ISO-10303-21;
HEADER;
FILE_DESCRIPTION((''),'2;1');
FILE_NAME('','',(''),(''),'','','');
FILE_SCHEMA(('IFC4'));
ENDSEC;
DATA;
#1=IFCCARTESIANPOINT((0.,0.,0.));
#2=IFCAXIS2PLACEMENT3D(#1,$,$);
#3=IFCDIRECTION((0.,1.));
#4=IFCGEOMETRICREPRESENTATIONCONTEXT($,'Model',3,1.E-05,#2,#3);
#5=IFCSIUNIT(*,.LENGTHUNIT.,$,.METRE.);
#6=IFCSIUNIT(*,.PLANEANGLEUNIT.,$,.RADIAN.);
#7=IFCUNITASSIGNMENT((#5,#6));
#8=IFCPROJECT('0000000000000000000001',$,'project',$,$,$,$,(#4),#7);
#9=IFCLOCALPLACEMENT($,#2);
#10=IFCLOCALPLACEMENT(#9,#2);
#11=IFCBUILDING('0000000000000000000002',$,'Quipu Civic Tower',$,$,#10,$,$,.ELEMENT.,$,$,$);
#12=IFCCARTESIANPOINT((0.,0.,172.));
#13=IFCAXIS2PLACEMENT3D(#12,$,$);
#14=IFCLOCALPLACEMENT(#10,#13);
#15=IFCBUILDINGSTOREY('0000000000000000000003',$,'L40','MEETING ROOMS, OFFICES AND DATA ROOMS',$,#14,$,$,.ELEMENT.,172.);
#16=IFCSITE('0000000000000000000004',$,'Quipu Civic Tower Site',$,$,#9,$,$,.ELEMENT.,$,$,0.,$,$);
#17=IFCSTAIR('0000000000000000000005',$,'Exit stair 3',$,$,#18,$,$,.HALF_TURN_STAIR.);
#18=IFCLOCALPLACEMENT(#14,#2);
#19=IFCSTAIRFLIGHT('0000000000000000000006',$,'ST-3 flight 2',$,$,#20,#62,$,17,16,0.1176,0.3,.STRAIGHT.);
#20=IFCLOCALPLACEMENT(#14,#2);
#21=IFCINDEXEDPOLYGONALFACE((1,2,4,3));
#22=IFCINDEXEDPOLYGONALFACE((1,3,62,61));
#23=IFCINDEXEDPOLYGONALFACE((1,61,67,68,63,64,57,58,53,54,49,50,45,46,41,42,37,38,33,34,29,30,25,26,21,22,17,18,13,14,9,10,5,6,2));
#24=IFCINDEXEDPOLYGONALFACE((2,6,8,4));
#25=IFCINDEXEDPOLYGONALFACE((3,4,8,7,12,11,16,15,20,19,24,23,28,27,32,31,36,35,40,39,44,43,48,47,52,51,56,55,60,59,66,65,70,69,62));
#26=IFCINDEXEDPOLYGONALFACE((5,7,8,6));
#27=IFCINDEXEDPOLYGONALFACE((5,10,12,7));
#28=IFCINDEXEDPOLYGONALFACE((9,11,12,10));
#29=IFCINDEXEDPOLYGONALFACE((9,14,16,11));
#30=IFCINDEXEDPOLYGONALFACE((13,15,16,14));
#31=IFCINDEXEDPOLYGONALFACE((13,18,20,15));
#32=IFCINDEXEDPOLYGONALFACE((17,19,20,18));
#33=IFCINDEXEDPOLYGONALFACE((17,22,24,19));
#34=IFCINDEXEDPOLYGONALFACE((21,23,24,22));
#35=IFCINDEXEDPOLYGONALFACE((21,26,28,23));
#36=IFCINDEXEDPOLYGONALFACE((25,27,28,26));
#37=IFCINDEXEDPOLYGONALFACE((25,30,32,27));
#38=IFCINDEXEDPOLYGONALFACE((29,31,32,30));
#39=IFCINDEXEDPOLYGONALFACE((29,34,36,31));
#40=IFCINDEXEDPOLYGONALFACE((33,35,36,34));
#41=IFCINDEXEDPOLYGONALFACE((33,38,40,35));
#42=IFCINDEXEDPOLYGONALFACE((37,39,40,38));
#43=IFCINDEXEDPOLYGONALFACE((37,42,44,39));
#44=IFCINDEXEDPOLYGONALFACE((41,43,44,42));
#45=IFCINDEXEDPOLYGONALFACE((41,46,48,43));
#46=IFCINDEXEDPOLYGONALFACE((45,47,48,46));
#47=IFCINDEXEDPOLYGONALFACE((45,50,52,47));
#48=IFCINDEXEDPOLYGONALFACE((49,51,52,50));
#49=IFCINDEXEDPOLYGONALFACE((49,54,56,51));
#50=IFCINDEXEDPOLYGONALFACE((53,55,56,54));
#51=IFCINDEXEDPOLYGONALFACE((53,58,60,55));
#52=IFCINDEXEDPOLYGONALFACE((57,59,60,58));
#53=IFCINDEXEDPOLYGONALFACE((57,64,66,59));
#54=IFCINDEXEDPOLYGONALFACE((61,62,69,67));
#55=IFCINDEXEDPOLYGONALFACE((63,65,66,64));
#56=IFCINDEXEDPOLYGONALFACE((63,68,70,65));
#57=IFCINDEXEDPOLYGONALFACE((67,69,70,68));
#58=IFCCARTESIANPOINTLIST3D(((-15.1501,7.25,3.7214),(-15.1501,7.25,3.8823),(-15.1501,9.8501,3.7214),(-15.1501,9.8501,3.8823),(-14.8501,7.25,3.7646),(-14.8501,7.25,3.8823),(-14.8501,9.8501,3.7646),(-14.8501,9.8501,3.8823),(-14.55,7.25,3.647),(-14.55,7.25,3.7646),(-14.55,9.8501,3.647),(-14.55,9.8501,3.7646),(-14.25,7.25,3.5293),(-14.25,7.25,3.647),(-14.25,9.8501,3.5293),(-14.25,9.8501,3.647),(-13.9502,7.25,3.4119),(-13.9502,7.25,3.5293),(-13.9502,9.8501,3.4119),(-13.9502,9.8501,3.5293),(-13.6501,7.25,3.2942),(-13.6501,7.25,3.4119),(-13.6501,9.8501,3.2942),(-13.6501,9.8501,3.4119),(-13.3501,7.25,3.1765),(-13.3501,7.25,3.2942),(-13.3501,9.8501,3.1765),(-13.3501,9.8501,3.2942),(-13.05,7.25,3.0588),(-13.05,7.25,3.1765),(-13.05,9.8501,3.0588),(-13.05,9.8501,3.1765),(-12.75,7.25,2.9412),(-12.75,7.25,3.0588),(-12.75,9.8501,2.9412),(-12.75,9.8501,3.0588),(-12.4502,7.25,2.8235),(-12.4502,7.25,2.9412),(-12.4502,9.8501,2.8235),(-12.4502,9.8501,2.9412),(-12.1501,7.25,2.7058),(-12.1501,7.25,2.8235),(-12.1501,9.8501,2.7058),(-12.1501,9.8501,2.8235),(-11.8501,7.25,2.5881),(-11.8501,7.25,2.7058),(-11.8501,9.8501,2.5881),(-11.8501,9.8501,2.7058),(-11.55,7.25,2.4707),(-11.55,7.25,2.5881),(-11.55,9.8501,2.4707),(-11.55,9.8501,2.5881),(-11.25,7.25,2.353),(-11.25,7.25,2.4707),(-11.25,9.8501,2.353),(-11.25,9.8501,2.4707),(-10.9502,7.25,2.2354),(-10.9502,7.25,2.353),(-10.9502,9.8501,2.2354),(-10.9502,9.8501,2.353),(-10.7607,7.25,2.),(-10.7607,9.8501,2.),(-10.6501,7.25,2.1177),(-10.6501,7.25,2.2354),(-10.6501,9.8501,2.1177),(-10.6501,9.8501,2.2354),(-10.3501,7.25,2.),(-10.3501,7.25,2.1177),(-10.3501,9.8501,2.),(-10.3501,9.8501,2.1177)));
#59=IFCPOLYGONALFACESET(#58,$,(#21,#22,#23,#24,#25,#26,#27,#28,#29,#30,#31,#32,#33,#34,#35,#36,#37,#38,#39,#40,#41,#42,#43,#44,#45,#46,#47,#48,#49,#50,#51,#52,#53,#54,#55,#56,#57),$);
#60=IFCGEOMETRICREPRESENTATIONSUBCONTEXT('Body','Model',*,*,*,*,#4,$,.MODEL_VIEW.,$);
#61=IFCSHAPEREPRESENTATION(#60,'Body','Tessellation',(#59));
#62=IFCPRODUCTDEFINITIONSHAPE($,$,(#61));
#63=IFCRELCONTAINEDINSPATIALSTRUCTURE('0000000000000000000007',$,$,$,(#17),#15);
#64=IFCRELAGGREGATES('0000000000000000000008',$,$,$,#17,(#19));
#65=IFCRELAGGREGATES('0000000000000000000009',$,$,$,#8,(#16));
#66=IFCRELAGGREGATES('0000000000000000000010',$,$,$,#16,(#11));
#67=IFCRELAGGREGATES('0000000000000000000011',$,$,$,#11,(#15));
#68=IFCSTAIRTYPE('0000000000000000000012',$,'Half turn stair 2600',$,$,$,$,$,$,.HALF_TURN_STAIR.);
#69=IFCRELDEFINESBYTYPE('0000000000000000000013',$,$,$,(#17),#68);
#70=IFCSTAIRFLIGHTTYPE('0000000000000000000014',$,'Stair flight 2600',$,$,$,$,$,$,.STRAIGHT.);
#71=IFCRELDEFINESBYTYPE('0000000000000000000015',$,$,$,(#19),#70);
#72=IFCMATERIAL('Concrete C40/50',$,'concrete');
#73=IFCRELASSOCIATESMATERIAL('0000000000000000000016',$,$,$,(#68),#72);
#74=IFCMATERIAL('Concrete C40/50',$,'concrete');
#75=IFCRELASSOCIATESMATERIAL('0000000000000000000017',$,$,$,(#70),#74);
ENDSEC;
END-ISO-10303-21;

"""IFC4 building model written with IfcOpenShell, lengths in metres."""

from ifc_helpers import new_model, si_unit, direction, frame, origin, place, context, subcontext, project, spatial, polyline, outline, extrude, material, type_object, element, aggregate, save


model = new_model("IFC4")

# Units and contexts
model_context = context("Model", 3, precision=1e-05, world=origin(), true_north=direction((0.0, 1.0)))
body_context = subcontext(model_context, "Body", "Model", "MODEL_VIEW")
ifc_project = project(units=[si_unit("LENGTHUNIT", "METRE"), si_unit("PLANEANGLEUNIT", "RADIAN")], contexts=[model_context])

# Site, building, storey
site_placement = place(None, origin())
site = spatial("IfcSite", under=ifc_project, at=site_placement, Name="Quipu Civic Tower Site", CompositionType="ELEMENT", RefElevation=0.0)
building_placement = place(site_placement, origin())
building = spatial("IfcBuilding", under=site, at=building_placement, Name="Quipu Civic Tower", CompositionType="ELEMENT")
storey_placement = place(building_placement, frame((0.0, 0.0, 172.0)))
storey = spatial("IfcBuildingStorey", under=building, at=storey_placement, Name="L40", Description="MEETING ROOMS, OFFICES AND DATA ROOMS", CompositionType="ELEMENT", Elevation=172.0)

# Stair, stair flight
ifc_material_1 = material(Name="Concrete C40/50", Category="concrete")
stair_type = type_object("IfcStairType", Name="Half turn stair 2600", PredefinedType="HALF_TURN_STAIR", material=ifc_material_1)
stair_placement = place(storey_placement, origin())
stair = element("IfcStair", 1, at=stair_placement, inside=storey, type_object=stair_type, Name="Exit stair 3", PredefinedType="HALF_TURN_STAIR")
ifc_material_2 = material(Name="Concrete C40/50", Category="concrete")
stair_flight_type = type_object("IfcStairFlightType", Name="Stair flight 2600", PredefinedType="STRAIGHT", material=ifc_material_2)
stair_flight_placement = place(storey_placement, frame((-10.3501, 8.55, 2.0), z_axis=(0.0, 0.0, 1.0), x_axis=(-1.0, 0.0, 0.0)))
stair_flight = element("IfcStairFlight", 2, at=stair_flight_placement, type_object=stair_flight_type, Name="ST-3 flight 2", NumberOfRisers=17, NumberOfTreads=16, PredefinedType="STRAIGHT", RiserHeight=0.1176, TreadLength=0.3, context=body_context, shape_type="SweptSolid", body=[
    extrude(outline(polyline([(0.0, 0.0), (0.0, 0.1177), (0.3, 0.1177), (0.3, 0.2354), (0.6001, 0.2354), (0.6001, 0.353), (0.8999, 0.353), (0.8999, 0.4707), (1.2, 0.4707), (1.2, 0.5881), (1.5, 0.5881), (1.5, 0.7058), (1.8, 0.7058), (1.8, 0.8235), (2.1001, 0.8235), (2.1001, 0.9412), (2.3999, 0.9412), (2.3999, 1.0588), (2.7, 1.0588), (2.7, 1.1765), (3.0, 1.1765), (3.0, 1.2942), (3.3, 1.2942), (3.3, 1.4119), (3.6001, 1.4119), (3.6001, 1.5293), (3.8999, 1.5293), (3.8999, 1.647), (4.2, 1.647), (4.2, 1.7646), (4.5, 1.7646), (4.5, 1.8823), (4.8, 1.8823), (4.8, 2.0), (4.8, 1.7214), (0.4106, 0.0), (0.0, 0.0)])), frame((0.0, 1.3, 0.0), z_axis=(0.0, -1.0, 0.0), x_axis=(1.0, 0.0, 0.0)), (0.0, 0.0, 1.0), 2.6001),
])
aggregate(stair, [stair_flight])

save(model, "model.ifc")
